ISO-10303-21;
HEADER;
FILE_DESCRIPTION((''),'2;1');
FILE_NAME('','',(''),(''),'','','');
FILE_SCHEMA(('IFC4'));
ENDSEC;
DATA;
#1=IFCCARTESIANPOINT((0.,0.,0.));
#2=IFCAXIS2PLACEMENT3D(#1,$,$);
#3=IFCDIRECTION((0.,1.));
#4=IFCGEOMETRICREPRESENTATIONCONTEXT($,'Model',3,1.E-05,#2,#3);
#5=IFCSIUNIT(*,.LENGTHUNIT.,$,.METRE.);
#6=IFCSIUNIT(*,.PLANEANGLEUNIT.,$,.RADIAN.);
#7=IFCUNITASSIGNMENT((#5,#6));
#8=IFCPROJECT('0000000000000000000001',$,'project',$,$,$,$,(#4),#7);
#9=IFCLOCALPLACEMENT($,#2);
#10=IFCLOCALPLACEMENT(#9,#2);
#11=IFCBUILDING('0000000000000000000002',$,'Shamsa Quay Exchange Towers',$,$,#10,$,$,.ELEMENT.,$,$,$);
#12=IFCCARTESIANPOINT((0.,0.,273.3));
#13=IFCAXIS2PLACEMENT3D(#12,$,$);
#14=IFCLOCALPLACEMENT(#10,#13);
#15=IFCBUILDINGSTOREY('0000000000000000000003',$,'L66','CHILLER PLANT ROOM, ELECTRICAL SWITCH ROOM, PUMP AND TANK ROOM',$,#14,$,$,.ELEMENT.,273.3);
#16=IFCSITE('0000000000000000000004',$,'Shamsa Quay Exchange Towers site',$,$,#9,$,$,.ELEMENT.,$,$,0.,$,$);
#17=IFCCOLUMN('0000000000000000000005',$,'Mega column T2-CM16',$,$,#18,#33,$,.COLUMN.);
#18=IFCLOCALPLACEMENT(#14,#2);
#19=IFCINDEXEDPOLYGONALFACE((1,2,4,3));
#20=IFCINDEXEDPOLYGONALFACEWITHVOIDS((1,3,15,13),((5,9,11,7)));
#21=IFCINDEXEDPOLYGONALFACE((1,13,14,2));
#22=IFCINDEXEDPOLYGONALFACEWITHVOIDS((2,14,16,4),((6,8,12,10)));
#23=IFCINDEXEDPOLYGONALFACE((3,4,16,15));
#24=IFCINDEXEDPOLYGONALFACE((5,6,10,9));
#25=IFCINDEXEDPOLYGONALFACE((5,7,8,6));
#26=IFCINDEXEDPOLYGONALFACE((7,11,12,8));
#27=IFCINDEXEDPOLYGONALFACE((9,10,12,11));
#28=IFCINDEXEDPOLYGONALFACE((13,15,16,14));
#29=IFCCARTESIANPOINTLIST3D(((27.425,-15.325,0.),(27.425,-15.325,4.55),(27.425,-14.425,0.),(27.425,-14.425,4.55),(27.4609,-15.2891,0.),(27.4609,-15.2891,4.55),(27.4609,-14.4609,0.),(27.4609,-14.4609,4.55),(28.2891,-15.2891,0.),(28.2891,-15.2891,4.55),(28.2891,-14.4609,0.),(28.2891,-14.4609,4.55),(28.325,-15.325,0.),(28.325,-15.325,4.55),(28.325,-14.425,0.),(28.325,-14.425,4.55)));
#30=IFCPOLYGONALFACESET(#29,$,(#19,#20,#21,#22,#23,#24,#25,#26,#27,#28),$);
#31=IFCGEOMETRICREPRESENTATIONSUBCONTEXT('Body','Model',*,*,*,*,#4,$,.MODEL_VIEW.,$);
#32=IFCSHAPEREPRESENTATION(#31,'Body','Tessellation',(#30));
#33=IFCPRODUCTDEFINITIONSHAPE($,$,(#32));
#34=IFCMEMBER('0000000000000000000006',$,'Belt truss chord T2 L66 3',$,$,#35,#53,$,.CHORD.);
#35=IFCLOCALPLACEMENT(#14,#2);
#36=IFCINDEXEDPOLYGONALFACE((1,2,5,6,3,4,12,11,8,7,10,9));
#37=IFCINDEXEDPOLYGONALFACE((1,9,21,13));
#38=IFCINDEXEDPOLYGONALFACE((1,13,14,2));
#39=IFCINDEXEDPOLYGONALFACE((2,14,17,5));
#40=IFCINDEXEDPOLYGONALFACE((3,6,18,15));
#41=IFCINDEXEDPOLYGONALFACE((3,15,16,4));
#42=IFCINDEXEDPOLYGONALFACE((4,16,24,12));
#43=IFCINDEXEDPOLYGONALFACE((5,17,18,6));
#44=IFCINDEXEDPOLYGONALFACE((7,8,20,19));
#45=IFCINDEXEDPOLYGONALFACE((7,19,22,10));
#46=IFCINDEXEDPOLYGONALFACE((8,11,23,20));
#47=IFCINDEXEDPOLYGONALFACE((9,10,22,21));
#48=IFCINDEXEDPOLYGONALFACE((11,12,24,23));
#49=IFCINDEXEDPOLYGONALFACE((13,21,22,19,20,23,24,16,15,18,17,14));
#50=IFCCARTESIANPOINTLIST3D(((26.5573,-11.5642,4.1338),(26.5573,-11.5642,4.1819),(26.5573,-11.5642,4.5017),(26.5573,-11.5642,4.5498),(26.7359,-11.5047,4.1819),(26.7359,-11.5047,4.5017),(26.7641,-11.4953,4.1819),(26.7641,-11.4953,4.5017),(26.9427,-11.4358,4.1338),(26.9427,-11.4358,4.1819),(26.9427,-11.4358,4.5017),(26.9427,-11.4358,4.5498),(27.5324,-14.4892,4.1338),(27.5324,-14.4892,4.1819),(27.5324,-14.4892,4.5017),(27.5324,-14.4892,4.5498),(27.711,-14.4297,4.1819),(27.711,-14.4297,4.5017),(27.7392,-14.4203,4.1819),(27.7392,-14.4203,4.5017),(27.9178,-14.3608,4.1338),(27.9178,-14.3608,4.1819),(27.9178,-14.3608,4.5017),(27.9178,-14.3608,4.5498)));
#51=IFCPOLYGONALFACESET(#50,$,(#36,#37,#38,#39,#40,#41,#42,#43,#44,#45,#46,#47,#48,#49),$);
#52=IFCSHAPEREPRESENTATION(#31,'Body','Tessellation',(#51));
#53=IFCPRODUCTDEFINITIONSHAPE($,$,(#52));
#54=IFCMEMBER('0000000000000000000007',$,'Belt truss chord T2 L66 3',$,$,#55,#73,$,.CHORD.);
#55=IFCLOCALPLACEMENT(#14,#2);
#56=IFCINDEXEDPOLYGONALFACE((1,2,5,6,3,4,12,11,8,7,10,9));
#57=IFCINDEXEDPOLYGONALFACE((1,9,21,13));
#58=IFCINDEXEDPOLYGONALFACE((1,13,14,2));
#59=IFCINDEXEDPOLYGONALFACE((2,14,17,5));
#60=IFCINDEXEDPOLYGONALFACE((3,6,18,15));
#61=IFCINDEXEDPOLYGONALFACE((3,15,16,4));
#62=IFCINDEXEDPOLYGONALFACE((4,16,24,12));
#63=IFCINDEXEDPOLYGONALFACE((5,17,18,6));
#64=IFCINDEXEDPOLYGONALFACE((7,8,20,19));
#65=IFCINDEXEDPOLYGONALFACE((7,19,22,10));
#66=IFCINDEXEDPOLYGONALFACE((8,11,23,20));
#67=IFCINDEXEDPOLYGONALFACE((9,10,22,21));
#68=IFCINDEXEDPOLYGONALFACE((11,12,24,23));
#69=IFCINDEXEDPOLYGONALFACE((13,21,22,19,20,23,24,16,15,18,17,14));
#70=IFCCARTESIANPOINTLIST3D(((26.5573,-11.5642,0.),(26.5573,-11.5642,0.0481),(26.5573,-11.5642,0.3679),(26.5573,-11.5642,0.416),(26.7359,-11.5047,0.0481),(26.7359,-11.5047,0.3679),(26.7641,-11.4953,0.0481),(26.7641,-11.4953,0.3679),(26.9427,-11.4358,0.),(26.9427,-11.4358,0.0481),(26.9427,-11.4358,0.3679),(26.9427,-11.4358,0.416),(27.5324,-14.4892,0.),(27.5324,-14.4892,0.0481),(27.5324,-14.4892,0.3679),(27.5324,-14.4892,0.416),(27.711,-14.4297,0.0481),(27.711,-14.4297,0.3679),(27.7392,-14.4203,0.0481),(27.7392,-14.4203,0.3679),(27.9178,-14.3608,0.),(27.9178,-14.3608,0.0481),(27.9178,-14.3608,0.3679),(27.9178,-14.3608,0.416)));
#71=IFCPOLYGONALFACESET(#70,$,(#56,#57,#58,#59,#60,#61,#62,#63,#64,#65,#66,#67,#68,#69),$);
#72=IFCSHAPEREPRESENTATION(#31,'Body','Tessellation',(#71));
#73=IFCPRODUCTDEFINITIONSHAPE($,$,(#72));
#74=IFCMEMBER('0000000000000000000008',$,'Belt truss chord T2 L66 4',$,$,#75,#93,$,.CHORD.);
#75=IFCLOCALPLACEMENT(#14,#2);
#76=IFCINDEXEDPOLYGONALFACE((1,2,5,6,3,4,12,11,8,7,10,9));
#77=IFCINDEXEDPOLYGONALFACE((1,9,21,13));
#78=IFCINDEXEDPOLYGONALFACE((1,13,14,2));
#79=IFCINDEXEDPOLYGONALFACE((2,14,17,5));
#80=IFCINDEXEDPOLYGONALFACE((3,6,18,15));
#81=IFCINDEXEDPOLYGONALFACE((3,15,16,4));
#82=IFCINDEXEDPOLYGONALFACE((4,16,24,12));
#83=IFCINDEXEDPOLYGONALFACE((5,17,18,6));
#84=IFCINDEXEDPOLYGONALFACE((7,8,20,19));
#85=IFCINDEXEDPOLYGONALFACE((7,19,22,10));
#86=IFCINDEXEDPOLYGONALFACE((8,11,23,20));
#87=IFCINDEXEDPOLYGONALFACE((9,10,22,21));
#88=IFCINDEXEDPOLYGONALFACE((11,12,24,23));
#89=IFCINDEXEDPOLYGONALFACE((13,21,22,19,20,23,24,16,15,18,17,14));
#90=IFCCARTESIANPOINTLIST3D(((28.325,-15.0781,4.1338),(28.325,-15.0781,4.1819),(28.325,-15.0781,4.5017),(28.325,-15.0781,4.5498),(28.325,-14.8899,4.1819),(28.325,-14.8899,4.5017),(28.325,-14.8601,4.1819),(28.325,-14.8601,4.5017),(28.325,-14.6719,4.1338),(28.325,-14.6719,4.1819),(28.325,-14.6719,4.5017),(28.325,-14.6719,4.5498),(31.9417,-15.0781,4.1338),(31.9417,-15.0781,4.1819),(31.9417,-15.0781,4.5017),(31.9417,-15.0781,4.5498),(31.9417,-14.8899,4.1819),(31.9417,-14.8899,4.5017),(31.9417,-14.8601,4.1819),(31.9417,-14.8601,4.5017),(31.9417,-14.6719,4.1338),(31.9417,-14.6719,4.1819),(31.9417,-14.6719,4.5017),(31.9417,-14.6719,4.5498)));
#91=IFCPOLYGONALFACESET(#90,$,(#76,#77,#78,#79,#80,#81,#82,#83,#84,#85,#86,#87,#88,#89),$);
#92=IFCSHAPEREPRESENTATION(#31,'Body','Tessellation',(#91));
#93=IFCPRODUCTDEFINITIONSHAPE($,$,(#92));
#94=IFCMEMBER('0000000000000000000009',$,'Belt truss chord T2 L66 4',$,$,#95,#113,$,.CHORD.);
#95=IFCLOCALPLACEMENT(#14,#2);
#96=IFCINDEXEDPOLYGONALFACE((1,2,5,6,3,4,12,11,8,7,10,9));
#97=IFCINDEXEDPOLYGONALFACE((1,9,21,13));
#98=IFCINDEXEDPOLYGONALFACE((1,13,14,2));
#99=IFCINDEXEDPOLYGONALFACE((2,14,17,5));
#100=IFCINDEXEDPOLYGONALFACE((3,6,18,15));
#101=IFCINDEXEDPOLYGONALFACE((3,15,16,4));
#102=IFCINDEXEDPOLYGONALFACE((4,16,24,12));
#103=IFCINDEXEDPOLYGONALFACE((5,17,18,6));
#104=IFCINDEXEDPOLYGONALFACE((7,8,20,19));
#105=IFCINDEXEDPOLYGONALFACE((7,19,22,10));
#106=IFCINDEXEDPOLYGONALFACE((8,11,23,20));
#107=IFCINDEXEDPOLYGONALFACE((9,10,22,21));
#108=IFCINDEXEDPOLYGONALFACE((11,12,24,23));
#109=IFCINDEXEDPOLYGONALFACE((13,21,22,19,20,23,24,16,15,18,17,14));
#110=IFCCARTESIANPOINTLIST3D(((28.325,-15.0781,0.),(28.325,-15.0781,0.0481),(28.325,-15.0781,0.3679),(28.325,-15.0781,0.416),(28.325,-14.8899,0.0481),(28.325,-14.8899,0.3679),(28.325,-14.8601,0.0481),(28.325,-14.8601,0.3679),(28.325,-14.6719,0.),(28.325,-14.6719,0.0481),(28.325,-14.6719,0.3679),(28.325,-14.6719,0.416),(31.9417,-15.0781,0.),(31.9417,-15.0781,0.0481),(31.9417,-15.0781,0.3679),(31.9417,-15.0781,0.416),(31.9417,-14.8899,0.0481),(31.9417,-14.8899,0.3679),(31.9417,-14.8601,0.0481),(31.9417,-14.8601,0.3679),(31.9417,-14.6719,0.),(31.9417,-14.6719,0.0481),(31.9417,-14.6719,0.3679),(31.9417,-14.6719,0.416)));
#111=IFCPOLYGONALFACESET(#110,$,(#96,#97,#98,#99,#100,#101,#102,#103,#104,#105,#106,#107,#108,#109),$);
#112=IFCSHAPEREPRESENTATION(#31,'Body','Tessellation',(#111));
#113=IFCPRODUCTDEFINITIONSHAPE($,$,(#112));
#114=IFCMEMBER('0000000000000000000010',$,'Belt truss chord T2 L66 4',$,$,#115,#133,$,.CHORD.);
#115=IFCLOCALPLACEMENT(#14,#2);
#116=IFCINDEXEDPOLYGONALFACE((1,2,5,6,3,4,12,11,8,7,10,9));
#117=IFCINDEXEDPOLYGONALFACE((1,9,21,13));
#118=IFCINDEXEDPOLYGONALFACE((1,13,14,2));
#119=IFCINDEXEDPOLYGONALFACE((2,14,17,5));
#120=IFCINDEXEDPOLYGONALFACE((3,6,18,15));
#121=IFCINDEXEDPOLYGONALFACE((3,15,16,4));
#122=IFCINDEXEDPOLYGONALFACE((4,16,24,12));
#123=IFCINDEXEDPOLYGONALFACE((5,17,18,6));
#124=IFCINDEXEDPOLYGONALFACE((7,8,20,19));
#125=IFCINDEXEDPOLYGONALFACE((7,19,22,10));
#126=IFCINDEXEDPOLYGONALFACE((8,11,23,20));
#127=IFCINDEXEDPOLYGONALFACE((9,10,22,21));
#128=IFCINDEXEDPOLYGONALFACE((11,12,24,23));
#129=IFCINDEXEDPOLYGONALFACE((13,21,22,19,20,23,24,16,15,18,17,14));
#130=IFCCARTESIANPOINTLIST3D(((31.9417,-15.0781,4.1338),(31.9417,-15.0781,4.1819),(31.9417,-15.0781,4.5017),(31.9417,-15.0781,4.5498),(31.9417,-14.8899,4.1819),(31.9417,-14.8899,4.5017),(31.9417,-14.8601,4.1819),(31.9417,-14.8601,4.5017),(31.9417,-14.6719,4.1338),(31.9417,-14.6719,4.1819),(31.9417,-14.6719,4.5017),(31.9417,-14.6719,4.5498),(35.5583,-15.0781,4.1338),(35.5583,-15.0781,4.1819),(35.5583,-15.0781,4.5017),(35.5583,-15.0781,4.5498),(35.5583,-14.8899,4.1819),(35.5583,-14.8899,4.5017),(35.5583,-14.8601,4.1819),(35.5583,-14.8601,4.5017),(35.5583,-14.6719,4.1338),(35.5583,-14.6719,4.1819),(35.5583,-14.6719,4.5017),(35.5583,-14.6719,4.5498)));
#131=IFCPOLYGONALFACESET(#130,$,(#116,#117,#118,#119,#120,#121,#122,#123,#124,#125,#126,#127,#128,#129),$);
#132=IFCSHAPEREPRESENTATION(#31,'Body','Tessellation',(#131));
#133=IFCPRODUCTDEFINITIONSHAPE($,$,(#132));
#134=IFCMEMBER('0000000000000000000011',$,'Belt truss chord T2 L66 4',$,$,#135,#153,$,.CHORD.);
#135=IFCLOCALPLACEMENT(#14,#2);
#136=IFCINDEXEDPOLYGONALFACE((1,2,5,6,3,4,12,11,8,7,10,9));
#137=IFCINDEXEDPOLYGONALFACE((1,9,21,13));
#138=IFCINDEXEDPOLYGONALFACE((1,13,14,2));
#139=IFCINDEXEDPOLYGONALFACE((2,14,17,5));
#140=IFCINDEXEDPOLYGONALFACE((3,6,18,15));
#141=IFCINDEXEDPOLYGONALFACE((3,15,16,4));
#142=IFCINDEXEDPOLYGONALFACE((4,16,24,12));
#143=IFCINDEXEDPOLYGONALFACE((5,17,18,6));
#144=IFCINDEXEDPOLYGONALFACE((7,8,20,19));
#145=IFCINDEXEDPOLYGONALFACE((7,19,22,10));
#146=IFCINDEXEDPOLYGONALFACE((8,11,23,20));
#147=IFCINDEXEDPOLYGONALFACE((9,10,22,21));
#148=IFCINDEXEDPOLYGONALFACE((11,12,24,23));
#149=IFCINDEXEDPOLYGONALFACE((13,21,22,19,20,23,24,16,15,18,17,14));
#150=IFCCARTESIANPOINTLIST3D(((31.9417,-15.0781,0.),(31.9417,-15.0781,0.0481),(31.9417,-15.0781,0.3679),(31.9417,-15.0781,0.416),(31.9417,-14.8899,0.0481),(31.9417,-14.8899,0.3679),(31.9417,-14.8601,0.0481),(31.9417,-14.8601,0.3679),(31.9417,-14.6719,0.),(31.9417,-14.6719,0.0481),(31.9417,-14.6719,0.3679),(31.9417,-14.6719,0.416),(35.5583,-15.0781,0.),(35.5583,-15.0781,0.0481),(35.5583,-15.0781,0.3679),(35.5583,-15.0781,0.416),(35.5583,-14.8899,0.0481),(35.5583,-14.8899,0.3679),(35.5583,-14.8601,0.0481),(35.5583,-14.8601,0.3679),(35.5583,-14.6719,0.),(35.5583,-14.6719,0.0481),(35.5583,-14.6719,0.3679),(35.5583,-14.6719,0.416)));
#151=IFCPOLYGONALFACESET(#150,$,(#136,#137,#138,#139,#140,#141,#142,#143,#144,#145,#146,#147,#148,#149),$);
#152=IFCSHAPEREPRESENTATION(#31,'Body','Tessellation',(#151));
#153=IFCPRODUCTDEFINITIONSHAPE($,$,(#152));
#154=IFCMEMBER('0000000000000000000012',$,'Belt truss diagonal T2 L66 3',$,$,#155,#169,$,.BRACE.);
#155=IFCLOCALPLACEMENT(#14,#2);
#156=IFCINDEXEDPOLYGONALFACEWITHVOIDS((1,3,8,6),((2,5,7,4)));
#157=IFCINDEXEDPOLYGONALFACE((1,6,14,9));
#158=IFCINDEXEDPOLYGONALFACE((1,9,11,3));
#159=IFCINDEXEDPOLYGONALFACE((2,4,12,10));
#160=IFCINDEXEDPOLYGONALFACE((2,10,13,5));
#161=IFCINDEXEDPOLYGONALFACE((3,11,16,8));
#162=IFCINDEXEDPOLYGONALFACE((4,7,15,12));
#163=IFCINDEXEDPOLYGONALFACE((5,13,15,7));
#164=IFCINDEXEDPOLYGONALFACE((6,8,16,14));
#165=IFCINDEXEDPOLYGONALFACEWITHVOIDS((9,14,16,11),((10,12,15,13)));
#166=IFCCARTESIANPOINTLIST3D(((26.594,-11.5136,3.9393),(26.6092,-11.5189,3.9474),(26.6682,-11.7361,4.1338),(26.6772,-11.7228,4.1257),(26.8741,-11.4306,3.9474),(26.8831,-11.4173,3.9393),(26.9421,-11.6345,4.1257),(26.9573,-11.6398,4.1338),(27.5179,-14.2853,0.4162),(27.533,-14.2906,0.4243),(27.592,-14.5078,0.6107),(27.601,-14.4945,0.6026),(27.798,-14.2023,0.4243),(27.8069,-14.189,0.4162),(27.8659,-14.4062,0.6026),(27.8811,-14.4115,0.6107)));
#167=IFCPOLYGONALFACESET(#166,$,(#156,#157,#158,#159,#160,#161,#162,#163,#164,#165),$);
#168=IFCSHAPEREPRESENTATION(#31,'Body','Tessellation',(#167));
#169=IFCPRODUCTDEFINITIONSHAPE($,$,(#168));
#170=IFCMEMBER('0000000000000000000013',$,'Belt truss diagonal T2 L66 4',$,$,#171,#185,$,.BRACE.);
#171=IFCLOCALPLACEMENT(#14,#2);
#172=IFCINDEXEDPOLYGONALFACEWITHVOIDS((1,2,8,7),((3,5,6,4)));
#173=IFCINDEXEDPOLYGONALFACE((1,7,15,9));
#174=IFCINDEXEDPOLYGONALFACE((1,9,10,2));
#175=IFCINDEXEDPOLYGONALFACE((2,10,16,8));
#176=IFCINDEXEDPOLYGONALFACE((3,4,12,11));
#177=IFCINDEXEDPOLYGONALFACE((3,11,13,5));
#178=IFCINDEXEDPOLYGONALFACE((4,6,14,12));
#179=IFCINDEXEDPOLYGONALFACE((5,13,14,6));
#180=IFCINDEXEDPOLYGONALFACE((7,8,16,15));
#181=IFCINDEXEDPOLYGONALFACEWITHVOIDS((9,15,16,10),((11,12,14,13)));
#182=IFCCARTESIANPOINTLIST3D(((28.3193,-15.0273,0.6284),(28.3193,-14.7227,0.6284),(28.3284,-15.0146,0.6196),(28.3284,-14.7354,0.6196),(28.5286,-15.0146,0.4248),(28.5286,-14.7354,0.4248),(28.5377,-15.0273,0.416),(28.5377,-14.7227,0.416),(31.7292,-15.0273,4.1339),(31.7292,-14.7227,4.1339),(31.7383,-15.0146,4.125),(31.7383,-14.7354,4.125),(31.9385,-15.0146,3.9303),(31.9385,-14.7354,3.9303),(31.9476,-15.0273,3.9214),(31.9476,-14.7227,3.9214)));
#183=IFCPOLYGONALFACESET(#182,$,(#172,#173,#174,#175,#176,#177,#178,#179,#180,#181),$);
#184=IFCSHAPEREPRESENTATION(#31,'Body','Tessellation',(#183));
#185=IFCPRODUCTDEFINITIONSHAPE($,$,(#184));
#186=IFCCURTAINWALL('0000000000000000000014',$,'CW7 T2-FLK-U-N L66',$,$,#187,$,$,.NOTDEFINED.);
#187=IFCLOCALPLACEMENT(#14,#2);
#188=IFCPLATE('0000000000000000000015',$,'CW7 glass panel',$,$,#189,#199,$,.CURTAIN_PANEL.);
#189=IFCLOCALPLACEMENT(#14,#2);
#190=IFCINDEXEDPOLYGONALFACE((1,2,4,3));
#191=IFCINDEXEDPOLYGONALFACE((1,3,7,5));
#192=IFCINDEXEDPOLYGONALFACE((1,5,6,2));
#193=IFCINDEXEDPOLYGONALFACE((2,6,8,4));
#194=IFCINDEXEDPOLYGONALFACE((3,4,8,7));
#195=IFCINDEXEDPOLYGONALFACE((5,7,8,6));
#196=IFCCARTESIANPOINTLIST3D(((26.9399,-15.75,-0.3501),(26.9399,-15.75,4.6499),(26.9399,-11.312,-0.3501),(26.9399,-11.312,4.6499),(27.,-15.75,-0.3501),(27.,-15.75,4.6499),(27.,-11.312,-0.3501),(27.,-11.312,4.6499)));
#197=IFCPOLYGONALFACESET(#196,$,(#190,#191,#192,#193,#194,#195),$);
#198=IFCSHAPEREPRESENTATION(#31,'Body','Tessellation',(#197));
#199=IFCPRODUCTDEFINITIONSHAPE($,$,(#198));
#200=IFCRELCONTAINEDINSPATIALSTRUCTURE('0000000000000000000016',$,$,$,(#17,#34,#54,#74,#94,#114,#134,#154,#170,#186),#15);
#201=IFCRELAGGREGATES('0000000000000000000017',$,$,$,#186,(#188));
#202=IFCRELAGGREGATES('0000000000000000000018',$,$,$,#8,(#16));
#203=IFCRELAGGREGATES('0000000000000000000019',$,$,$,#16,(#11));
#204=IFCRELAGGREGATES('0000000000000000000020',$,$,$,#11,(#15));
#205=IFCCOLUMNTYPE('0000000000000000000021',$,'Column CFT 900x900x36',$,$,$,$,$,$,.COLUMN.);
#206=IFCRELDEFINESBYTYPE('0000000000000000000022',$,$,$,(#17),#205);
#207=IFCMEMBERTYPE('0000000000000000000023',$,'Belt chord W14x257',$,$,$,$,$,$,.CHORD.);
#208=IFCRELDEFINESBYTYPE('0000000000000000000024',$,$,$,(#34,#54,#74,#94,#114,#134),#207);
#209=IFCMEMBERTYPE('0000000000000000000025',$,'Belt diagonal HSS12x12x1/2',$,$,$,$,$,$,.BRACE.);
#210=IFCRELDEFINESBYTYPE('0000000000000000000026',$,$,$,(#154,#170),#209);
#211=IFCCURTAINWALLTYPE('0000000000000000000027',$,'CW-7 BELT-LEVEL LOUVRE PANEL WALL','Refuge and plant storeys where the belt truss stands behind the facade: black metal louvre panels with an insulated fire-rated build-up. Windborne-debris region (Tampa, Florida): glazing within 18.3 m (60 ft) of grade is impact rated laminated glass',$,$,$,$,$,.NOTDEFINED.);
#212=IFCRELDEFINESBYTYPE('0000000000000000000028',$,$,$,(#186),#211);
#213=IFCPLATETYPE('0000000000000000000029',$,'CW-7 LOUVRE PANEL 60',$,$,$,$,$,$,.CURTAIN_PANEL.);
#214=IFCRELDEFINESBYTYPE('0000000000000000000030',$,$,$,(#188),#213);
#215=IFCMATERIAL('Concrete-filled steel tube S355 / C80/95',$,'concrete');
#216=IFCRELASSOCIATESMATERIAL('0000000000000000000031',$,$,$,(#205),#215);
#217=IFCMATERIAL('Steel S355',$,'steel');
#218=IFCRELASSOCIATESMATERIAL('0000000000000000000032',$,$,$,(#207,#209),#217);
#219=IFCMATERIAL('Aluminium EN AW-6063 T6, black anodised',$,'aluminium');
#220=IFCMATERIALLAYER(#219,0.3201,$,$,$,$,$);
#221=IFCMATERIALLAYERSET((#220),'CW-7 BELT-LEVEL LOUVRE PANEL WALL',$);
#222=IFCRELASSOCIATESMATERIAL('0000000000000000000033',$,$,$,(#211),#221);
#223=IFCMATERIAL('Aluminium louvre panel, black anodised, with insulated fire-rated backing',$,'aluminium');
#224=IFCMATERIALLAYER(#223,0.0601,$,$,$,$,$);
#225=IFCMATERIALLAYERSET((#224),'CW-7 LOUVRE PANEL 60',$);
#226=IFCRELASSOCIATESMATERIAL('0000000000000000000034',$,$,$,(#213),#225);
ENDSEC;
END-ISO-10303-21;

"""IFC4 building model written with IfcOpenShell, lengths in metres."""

from ifc_helpers import new_model, si_unit, direction, frame, origin, origin_2d, place, context, subcontext, project, spatial, rectangle, hollow_rectangle, i_section, extrude, material, layer, layer_set, material_profile, profile_set, type_object, element, aggregate, save


model = new_model("IFC4")

# Units and contexts
model_context = context("Model", 3, precision=1e-05, world=origin(), true_north=direction((0.0, 1.0)))
body_context = subcontext(model_context, "Body", "Model", "MODEL_VIEW")
ifc_project = project(units=[si_unit("LENGTHUNIT", "METRE"), si_unit("PLANEANGLEUNIT", "RADIAN")], contexts=[model_context])

# Site, building, storey
site_placement = place(None, origin())
site = spatial("IfcSite", under=ifc_project, at=site_placement, Name="Shamsa Quay Exchange Towers site", CompositionType="ELEMENT", RefElevation=0.0)
building_placement = place(site_placement, origin())
building = spatial("IfcBuilding", under=site, at=building_placement, Name="Shamsa Quay Exchange Towers", CompositionType="ELEMENT")
storey_placement = place(building_placement, frame((0.0, 0.0, 273.3)))
storey = spatial("IfcBuildingStorey", under=building, at=storey_placement, Name="L66", Description="CHILLER PLANT ROOM, ELECTRICAL SWITCH ROOM, PUMP AND TANK ROOM", CompositionType="ELEMENT", Elevation=273.3)

# Column
ifc_material_1 = material(Name="Concrete-filled steel tube S355 / C80/95", Category="concrete")
ifc_material_profile_1 = material_profile(ifc_material_1, hollow_rectangle(XDim=0.8999, YDim=0.8999, WallThickness=0.0359, at=origin_2d()), Name="CFT 900x900x36")
ifc_profile_set_1 = profile_set([ifc_material_profile_1], Name="Concrete-filled steel tube S355 / C80/95")
column_type = type_object("IfcColumnType", Name="Column CFT 900x900x36", PredefinedType="COLUMN", material=ifc_profile_set_1)
column_placement = place(storey_placement, frame((27.875, -14.875, 0.0)))
element("IfcColumn", 1, at=column_placement, inside=storey, type_object=column_type, Name="Mega column T2-CM16", PredefinedType="COLUMN", context=body_context, shape_type="SweptSolid", body=[
    extrude(hollow_rectangle(XDim=0.8999, YDim=0.8999, WallThickness=0.0359, at=origin_2d()), origin(), (0.0, 0.0, 1.0), 4.55),
])

# Members
ifc_material_2 = material(Name="Steel S355", Category="steel")
ifc_material_profile_2 = material_profile(ifc_material_2, i_section(OverallWidth=0.4062, OverallDepth=0.416, WebThickness=0.0298, FlangeThickness=0.0481, at=origin_2d()), Name="W14x257")
ifc_profile_set_2 = profile_set([ifc_material_profile_2], Name="Steel S355")
member_type_1 = type_object("IfcMemberType", Name="Belt chord W14x257", PredefinedType="CHORD", material=ifc_profile_set_2)
for number, where, z_axis, x_axis, name in (
    (2, (26.75, -11.5, 4.3418), (0.316252, -0.948675, 0.0), (0.948675, 0.316252, 0.0), "Belt truss chord T2 L66 3"),
    (3, (26.75, -11.5, 0.208), (0.316252, -0.948675, 0.0), (0.948675, 0.316252, 0.0), "Belt truss chord T2 L66 3"),
):
    element("IfcMember", number, at=place(storey_placement, frame(where, z_axis=z_axis, x_axis=x_axis)), inside=storey, type_object=member_type_1, Name=name, PredefinedType="CHORD", context=body_context, shape_type="SweptSolid", body=[
        extrude(i_section(OverallWidth=0.4062, OverallDepth=0.416, WebThickness=0.0298, FlangeThickness=0.0481, at=origin_2d()), origin(), (0.0, 0.0, 1.0), 3.0833),
    ])
for number, where, z_axis, x_axis, name in (
    (4, (28.325, -14.875, 4.3418), (1.0, 0.0, 0.0), (0.0, 1.0, 0.0), "Belt truss chord T2 L66 4"),
    (5, (28.325, -14.875, 0.208), (1.0, 0.0, 0.0), (0.0, 1.0, 0.0), "Belt truss chord T2 L66 4"),
    (6, (31.9417, -14.875, 4.3418), (1.0, 0.0, 0.0), (0.0, 1.0, 0.0), "Belt truss chord T2 L66 4"),
    (7, (31.9417, -14.875, 0.208), (1.0, 0.0, 0.0), (0.0, 1.0, 0.0), "Belt truss chord T2 L66 4"),
):
    element("IfcMember", number, at=place(storey_placement, frame(where, z_axis=z_axis, x_axis=x_axis)), inside=storey, type_object=member_type_1, Name=name, PredefinedType="CHORD", context=body_context, shape_type="SweptSolid", body=[
        extrude(i_section(OverallWidth=0.4062, OverallDepth=0.416, WebThickness=0.0298, FlangeThickness=0.0481, at=origin_2d()), origin(), (0.0, 0.0, 1.0), 3.6167),
    ])
ifc_material_profile_3 = material_profile(ifc_material_2, hollow_rectangle(XDim=0.3047, YDim=0.3047, WallThickness=0.0127, at=origin_2d()), Name="HSS12x12x1/2")
ifc_profile_set_3 = profile_set([ifc_material_profile_3], Name="Steel S355")
member_type_2 = type_object("IfcMemberType", Name="Belt diagonal HSS12x12x1/2", PredefinedType="BRACE", material=ifc_profile_set_3)
member_1_placement = place(storey_placement, frame((27.6995, -14.3484, 0.5134), z_axis=(-0.201842, 0.605579, 0.769762), x_axis=(-0.948692, -0.316203, 0.0)))
element("IfcMember", 8, at=member_1_placement, inside=storey, type_object=member_type_2, Name="Belt truss diagonal T2 L66 3", PredefinedType="BRACE", context=body_context, shape_type="SweptSolid", body=[
    extrude(hollow_rectangle(XDim=0.3047, YDim=0.3047, WallThickness=0.0127, at=origin_2d()), origin(), (0.0, 0.0, 1.0), 4.5769),
])
member_2_placement = place(storey_placement, frame((28.4285, -14.875, 0.5222), z_axis=(0.697279, 0.0, 0.716799), x_axis=(0.0, 1.0, 0.0)))
element("IfcMember", 9, at=member_2_placement, inside=storey, type_object=member_type_2, Name="Belt truss diagonal T2 L66 4", PredefinedType="BRACE", context=body_context, shape_type="SweptSolid", body=[
    extrude(hollow_rectangle(XDim=0.3047, YDim=0.3047, WallThickness=0.0127, at=origin_2d()), origin(), (0.0, 0.0, 1.0), 4.8904),
])

# Curtain wall, plate
ifc_material_3 = material(Name="Aluminium EN AW-6063 T6, black anodised", Category="aluminium")
ifc_layer_1 = layer(ifc_material_3, 0.3201)
ifc_layer_set_1 = layer_set([ifc_layer_1], Name="CW-7 BELT-LEVEL LOUVRE PANEL WALL")
curtain_wall_type = type_object("IfcCurtainWallType", Name="CW-7 BELT-LEVEL LOUVRE PANEL WALL", Description="Refuge and plant storeys where the belt truss stands behind the facade: black metal louvre panels with an insulated fire-rated build-up. Windborne-debris region (Tampa, Florida): glazing within 18.3 m (60 ft) of grade is impact rated laminated glass", PredefinedType="NOTDEFINED", material=ifc_layer_set_1)
curtain_wall_1_placement = place(storey_placement, origin())
curtain_wall_1 = element("IfcCurtainWall", 10, at=curtain_wall_1_placement, inside=storey, type_object=curtain_wall_type, Name="CW7 T2-FLK-U-N L66", PredefinedType="NOTDEFINED")
ifc_material_4 = material(Name="Aluminium louvre panel, black anodised, with insulated fire-rated backing", Category="aluminium")
ifc_layer_2 = layer(ifc_material_4, 0.0601)
ifc_layer_set_2 = layer_set([ifc_layer_2], Name="CW-7 LOUVRE PANEL 60")
plate_type = type_object("IfcPlateType", Name="CW-7 LOUVRE PANEL 60", PredefinedType="CURTAIN_PANEL", material=ifc_layer_set_2)
plate_1_placement = place(storey_placement, frame((26.97, -13.531, -0.3501), z_axis=(0.0, 0.0, 1.0), x_axis=(0.0, -1.0, 0.0)))
plate_1 = element("IfcPlate", 11, at=plate_1_placement, type_object=plate_type, Name="CW7 glass panel", PredefinedType="CURTAIN_PANEL", context=body_context, shape_type="SweptSolid", body=[
    extrude(rectangle(XDim=4.438, YDim=0.0601, at=origin_2d()), origin(), (0.0, 0.0, 1.0), 5.0),
])
aggregate(curtain_wall_1, [plate_1])

save(model, "model.ifc")
